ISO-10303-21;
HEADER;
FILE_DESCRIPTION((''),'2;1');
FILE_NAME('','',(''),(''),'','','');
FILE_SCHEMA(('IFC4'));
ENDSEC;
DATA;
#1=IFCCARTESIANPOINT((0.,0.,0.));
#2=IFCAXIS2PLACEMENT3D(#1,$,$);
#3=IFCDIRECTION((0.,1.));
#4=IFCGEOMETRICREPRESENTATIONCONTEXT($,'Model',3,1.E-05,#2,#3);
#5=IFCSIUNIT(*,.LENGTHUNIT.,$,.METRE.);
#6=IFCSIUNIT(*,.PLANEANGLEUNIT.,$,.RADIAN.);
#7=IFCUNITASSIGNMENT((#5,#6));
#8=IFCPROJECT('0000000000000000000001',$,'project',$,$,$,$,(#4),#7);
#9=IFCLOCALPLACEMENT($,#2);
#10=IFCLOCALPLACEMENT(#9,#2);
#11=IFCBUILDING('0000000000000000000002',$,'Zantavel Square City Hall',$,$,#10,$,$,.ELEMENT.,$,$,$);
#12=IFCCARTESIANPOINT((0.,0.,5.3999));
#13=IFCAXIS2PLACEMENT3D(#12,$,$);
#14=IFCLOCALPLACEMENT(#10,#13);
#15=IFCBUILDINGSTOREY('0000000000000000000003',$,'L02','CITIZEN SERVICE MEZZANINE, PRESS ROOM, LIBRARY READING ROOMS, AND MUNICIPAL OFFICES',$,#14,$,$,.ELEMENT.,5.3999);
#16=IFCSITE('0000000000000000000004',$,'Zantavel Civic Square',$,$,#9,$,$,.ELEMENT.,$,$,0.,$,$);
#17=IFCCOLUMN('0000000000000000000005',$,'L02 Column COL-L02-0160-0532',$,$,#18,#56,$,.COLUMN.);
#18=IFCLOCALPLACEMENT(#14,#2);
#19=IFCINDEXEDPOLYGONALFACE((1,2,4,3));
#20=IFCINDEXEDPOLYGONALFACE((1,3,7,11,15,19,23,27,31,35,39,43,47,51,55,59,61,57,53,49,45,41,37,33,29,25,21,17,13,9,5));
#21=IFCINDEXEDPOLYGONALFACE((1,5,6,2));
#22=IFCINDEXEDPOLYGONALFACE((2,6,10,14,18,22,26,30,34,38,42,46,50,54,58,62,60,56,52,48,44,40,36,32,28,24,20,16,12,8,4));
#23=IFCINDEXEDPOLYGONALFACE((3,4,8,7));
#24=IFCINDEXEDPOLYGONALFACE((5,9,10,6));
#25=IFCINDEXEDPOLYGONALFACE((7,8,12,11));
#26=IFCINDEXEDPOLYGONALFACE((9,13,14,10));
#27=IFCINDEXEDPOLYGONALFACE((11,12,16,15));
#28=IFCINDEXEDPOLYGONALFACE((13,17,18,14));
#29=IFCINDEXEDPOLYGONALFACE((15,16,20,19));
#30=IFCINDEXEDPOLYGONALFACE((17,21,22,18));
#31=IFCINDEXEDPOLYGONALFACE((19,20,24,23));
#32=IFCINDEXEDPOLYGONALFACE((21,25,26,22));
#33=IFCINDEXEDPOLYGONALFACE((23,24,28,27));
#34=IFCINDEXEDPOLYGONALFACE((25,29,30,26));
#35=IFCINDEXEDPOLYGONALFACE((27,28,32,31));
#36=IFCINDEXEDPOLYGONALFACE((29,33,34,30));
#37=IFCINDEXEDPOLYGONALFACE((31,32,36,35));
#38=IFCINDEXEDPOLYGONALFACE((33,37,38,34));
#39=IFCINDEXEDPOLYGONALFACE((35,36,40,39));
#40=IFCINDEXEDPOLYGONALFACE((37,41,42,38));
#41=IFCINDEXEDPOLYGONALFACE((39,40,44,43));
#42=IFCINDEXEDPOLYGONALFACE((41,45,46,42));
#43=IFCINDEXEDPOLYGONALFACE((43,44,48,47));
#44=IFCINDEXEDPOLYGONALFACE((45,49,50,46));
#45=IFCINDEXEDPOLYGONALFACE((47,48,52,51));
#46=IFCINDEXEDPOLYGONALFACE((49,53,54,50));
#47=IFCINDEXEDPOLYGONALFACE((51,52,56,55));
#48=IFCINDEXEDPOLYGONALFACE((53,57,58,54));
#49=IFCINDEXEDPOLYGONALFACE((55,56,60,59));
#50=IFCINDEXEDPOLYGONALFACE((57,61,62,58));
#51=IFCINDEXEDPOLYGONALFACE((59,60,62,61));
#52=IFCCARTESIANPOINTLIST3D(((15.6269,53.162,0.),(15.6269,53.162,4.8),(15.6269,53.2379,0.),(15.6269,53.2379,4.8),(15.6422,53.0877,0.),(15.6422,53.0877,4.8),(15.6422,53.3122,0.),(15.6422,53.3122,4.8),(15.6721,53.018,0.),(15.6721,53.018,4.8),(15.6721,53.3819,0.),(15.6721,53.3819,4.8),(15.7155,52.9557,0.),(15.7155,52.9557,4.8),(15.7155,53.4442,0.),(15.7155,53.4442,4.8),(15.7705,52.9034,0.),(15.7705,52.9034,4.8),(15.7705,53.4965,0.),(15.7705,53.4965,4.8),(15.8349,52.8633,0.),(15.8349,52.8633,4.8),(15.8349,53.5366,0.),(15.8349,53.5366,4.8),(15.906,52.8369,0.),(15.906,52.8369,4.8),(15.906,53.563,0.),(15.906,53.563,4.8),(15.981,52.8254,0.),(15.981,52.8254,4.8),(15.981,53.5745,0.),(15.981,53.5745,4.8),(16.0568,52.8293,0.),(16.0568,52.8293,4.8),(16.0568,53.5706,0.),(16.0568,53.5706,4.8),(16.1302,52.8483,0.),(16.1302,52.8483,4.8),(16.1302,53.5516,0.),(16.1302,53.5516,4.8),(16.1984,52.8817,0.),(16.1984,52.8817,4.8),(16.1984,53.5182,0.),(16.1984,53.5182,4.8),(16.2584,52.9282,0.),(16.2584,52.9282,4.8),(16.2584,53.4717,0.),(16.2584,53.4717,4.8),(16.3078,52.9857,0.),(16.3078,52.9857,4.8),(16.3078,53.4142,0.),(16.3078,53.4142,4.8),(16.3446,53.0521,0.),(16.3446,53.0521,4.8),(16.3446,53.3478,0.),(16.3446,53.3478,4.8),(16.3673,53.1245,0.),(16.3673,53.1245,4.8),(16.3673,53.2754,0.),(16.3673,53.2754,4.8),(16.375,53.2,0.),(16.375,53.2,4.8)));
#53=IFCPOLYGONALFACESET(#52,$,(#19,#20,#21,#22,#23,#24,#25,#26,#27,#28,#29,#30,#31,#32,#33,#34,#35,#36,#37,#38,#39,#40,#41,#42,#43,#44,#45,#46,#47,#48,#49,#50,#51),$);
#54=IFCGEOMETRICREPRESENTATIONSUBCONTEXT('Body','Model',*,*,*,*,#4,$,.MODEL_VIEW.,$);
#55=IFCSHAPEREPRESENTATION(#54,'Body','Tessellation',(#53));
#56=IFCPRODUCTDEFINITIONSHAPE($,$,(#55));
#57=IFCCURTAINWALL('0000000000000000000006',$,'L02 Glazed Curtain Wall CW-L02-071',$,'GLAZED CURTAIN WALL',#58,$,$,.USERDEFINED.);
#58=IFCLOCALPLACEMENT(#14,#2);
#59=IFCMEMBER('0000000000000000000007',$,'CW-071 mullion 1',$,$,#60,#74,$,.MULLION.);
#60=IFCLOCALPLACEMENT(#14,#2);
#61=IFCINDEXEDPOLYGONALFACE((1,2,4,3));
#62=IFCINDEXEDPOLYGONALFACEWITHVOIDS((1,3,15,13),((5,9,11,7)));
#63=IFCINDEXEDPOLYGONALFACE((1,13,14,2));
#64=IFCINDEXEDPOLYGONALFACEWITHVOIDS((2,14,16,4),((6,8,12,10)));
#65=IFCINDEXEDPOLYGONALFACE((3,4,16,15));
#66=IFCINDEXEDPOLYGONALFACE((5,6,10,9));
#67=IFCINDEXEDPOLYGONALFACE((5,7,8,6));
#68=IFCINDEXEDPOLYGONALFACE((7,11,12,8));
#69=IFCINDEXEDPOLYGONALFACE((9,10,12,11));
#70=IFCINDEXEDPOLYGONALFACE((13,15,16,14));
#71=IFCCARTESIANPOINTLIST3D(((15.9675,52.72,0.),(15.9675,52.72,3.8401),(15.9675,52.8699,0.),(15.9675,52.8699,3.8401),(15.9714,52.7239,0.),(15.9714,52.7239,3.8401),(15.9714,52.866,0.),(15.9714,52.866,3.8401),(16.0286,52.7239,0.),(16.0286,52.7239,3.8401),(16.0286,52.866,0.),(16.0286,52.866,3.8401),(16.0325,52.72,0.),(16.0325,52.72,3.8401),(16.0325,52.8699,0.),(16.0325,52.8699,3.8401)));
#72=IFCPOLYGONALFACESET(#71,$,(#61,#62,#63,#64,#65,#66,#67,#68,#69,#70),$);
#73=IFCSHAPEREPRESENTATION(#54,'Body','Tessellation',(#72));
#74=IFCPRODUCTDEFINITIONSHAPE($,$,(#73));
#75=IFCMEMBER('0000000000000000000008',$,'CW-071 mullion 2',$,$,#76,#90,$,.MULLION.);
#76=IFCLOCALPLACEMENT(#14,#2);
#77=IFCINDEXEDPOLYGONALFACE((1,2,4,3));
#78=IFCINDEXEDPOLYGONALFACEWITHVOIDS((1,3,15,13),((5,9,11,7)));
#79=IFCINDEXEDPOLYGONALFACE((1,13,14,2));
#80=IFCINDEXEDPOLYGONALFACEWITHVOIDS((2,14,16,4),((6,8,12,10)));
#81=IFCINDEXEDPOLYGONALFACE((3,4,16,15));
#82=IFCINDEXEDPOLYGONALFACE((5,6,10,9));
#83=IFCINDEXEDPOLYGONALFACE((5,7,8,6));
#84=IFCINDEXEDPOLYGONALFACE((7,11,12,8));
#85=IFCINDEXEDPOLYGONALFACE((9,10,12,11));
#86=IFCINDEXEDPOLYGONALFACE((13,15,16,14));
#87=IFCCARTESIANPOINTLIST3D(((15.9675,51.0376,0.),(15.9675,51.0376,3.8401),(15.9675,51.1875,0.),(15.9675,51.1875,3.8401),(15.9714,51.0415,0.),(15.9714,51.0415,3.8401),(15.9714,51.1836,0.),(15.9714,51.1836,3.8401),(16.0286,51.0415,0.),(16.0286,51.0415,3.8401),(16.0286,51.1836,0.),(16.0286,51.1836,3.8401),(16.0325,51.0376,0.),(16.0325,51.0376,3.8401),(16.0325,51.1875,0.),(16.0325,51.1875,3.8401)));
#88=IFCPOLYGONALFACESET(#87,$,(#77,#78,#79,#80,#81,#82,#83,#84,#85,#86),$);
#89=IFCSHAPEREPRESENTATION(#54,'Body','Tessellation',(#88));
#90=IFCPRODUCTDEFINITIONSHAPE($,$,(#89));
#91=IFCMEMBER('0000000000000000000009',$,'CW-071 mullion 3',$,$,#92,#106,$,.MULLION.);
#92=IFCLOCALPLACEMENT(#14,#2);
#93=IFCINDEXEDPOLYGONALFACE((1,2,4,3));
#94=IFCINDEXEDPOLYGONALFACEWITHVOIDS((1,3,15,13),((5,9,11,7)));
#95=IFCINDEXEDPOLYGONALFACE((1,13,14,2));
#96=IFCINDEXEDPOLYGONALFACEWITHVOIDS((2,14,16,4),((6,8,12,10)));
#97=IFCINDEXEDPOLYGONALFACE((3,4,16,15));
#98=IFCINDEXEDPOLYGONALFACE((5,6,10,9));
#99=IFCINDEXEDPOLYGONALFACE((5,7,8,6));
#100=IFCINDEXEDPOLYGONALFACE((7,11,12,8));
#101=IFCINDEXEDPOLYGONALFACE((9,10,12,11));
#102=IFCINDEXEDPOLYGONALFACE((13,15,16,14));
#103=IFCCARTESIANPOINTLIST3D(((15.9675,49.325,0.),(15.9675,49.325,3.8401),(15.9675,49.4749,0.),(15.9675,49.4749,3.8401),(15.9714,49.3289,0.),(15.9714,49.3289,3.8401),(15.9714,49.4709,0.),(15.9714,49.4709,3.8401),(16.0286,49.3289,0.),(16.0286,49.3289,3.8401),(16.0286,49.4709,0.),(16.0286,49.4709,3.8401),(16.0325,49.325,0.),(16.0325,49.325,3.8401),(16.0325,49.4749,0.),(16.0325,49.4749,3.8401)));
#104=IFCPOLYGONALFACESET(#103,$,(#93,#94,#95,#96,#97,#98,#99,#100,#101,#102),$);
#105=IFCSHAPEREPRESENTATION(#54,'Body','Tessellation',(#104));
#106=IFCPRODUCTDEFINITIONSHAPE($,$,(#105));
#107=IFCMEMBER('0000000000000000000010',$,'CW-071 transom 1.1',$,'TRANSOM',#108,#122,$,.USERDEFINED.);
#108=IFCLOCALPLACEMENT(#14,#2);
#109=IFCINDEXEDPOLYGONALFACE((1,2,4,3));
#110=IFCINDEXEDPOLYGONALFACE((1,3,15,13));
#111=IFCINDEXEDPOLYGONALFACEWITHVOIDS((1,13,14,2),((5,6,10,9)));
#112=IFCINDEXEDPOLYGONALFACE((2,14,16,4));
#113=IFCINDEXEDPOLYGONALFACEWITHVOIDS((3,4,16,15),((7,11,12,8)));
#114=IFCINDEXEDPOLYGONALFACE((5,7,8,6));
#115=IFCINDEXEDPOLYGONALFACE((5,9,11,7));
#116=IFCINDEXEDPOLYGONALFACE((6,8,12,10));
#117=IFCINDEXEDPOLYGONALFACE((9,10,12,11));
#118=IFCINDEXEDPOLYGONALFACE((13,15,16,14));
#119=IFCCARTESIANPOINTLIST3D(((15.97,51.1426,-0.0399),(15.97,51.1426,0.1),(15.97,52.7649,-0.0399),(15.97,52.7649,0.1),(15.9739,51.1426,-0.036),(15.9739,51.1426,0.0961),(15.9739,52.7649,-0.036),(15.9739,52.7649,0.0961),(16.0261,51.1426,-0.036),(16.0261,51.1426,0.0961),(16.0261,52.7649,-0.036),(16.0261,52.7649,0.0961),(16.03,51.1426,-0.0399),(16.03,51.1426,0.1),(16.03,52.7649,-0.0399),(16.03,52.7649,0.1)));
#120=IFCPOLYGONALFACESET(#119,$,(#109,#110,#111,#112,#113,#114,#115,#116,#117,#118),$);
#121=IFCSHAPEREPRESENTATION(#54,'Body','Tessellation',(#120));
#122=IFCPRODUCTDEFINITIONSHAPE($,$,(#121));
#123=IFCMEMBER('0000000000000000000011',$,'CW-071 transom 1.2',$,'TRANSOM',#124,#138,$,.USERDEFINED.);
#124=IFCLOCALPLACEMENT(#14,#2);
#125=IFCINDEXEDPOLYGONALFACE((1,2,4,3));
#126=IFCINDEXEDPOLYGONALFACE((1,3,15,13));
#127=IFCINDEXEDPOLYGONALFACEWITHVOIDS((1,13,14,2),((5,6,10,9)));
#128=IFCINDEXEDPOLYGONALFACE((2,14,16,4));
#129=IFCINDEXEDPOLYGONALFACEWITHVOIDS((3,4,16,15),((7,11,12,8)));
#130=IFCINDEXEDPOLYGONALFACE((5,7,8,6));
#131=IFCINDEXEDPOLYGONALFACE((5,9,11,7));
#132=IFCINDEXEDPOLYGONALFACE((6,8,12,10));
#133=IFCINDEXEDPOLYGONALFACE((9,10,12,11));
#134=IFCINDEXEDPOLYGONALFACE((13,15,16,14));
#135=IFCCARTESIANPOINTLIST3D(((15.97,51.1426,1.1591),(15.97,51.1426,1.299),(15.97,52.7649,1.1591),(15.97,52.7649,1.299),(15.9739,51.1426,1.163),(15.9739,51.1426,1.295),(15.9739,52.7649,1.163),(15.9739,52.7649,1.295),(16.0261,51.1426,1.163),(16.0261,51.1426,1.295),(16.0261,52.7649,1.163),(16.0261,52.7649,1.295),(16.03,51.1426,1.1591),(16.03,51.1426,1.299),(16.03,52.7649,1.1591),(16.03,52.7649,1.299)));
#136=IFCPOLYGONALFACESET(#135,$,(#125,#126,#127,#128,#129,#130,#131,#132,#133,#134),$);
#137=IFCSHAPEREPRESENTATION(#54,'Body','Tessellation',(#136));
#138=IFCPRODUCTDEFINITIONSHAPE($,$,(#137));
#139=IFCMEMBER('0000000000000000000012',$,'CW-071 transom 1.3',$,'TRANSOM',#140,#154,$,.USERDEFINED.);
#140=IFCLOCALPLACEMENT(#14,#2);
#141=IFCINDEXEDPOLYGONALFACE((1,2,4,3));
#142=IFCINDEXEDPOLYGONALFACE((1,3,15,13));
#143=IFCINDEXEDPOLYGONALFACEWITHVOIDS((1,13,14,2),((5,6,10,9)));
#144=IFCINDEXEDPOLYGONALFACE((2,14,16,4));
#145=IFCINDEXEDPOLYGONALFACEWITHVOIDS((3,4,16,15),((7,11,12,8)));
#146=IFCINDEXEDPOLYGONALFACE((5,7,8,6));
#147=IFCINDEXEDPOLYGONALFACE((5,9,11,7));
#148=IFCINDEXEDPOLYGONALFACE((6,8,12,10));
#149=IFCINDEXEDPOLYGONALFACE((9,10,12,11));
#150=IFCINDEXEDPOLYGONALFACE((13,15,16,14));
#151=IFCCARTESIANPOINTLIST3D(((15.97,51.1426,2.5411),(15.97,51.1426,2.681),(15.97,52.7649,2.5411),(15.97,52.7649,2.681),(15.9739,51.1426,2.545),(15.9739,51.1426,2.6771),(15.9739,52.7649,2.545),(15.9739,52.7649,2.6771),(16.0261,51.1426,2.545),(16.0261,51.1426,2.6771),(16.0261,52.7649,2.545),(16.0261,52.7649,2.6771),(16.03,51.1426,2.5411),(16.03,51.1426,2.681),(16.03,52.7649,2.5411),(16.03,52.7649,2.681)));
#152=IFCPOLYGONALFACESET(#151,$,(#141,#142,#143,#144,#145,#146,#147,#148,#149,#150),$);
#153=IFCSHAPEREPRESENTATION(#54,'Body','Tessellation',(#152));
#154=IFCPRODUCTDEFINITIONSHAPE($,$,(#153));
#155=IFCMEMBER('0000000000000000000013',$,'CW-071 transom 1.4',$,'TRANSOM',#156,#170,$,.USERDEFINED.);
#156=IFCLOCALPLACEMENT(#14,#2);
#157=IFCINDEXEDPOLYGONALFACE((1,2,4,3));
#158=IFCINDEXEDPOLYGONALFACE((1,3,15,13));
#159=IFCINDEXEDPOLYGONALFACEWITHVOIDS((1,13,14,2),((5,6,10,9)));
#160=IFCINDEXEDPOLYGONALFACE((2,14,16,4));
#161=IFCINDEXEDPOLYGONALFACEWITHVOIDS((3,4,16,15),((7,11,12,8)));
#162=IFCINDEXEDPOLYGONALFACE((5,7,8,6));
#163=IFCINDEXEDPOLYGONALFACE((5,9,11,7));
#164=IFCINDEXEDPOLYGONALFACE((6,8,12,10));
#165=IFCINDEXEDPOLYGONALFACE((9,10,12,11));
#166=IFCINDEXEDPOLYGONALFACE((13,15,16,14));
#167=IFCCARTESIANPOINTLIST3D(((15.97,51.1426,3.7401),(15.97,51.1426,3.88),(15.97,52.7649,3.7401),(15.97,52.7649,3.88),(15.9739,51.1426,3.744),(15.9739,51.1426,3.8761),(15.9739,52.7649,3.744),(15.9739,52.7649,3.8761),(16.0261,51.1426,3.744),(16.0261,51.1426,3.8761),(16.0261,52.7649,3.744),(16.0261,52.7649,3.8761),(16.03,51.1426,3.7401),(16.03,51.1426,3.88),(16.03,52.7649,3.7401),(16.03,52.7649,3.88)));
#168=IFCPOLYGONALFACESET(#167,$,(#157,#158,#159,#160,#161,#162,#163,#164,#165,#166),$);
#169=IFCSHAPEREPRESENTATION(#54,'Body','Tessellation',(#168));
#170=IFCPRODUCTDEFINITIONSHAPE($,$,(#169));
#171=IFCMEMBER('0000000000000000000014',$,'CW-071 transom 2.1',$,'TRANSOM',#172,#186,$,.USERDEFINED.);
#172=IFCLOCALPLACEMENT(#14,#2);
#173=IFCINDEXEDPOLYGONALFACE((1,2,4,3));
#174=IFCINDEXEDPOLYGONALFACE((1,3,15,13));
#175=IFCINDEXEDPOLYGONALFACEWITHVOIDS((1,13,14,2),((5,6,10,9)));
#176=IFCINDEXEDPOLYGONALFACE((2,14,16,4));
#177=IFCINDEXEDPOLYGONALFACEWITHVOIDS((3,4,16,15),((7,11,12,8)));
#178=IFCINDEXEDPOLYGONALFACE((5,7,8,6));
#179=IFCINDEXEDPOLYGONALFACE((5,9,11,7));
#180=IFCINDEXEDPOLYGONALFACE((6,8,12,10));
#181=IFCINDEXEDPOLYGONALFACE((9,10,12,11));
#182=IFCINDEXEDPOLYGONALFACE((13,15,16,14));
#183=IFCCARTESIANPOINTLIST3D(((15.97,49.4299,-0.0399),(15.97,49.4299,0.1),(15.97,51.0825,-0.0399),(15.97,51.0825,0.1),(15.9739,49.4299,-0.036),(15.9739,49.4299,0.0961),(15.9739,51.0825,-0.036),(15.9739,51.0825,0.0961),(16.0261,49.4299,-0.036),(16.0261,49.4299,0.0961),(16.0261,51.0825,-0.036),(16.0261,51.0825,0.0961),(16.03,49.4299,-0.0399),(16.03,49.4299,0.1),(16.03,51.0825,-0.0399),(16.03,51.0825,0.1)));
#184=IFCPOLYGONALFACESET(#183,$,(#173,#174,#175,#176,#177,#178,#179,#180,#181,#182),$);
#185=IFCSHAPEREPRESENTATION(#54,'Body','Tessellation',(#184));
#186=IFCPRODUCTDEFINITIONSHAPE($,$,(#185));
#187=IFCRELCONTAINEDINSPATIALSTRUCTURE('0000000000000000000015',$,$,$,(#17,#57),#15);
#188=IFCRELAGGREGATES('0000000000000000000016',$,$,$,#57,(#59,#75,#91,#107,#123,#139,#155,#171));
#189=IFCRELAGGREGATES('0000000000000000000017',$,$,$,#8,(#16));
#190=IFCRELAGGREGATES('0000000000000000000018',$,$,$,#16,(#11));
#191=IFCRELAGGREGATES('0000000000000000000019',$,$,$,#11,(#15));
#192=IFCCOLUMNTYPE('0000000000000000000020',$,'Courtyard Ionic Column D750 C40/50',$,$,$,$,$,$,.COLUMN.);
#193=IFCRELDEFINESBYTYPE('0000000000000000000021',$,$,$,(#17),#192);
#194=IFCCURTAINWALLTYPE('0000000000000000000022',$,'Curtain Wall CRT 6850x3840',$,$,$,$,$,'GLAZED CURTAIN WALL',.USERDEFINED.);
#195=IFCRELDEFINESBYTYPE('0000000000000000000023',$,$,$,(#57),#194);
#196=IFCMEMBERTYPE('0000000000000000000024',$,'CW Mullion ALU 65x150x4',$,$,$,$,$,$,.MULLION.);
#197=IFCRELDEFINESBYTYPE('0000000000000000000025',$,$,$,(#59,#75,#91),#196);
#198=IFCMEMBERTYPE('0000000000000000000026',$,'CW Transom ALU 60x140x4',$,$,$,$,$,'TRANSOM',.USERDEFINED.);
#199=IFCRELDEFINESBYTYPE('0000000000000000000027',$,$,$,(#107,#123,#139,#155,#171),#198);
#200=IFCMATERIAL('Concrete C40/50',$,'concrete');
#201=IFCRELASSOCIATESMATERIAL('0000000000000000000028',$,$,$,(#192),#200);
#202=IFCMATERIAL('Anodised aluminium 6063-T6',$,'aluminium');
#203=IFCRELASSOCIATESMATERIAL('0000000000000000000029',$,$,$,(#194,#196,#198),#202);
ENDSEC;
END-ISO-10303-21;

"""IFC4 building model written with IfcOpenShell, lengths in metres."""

from ifc_helpers import new_model, si_unit, direction, frame, origin, origin_2d, place, context, subcontext, project, spatial, hollow_rectangle, circle, extrude, material, material_profile, profile_set, type_object, element, aggregate, save


model = new_model("IFC4")

# Units and contexts
model_context = context("Model", 3, precision=1e-05, world=origin(), true_north=direction((0.0, 1.0)))
body_context = subcontext(model_context, "Body", "Model", "MODEL_VIEW")
ifc_project = project(units=[si_unit("LENGTHUNIT", "METRE"), si_unit("PLANEANGLEUNIT", "RADIAN")], contexts=[model_context])

# Site, building, storey
site_placement = place(None, origin())
site = spatial("IfcSite", under=ifc_project, at=site_placement, Name="Zantavel Civic Square", CompositionType="ELEMENT", RefElevation=0.0)
building_placement = place(site_placement, origin())
building = spatial("IfcBuilding", under=site, at=building_placement, Name="Zantavel Square City Hall", CompositionType="ELEMENT")
storey_placement = place(building_placement, frame((0.0, 0.0, 5.3999)))
storey = spatial("IfcBuildingStorey", under=building, at=storey_placement, Name="L02", Description="CITIZEN SERVICE MEZZANINE, PRESS ROOM, LIBRARY READING ROOMS, AND MUNICIPAL OFFICES", CompositionType="ELEMENT", Elevation=5.3999)

# Column
ifc_material_1 = material(Name="Concrete C40/50", Category="concrete")
ifc_material_profile_1 = material_profile(ifc_material_1, circle(Radius=0.375, at=origin_2d()), Name="ROUND D750")
ifc_profile_set_1 = profile_set([ifc_material_profile_1], Name="Concrete C40/50")
column_type = type_object("IfcColumnType", Name="Courtyard Ionic Column D750 C40/50", PredefinedType="COLUMN", material=ifc_profile_set_1)
column_placement = place(storey_placement, frame((16.0, 53.2, 0.0), z_axis=(0.0, 0.0, 1.0), x_axis=(1.0, 0.0, 0.0)))
element("IfcColumn", 1, at=column_placement, inside=storey, type_object=column_type, Name="L02 Column COL-L02-0160-0532", PredefinedType="COLUMN", context=body_context, shape_type="SweptSolid", body=[
    extrude(circle(Radius=0.375, at=origin_2d()), origin(), (0.0, 0.0, 1.0), 4.8),
])

# Curtain wall, members
ifc_material_2 = material(Name="Anodised aluminium 6063-T6", Category="aluminium")
curtain_wall_type = type_object("IfcCurtainWallType", Name="Curtain Wall CRT 6850x3840", ElementType="GLAZED CURTAIN WALL", PredefinedType="USERDEFINED", material=ifc_material_2)
curtain_wall_placement = place(storey_placement, origin())
curtain_wall = element("IfcCurtainWall", 2, at=curtain_wall_placement, inside=storey, type_object=curtain_wall_type, Name="L02 Glazed Curtain Wall CW-L02-071", ObjectType="GLAZED CURTAIN WALL", PredefinedType="USERDEFINED")
ifc_material_profile_2 = material_profile(ifc_material_2, hollow_rectangle(XDim=0.0649, YDim=0.1499, WallThickness=0.0039, at=origin_2d()), Name="ALU 65x150x4")
ifc_profile_set_2 = profile_set([ifc_material_profile_2], Name="Anodised aluminium 6063-T6")
member_type_1 = type_object("IfcMemberType", Name="CW Mullion ALU 65x150x4", PredefinedType="MULLION", material=ifc_profile_set_2)
member_1_placement = place(storey_placement, frame((16.0, 52.7949, 0.0), z_axis=(0.0, 0.0, 1.0), x_axis=(1.0, 0.0, 0.0)))
member_1 = element("IfcMember", 3, at=member_1_placement, type_object=member_type_1, Name="CW-071 mullion 1", PredefinedType="MULLION", context=body_context, shape_type="SweptSolid", body=[
    extrude(hollow_rectangle(XDim=0.0649, YDim=0.1499, WallThickness=0.0039, at=origin_2d()), origin(), (0.0, 0.0, 1.0), 3.8401),
])
member_2_placement = place(storey_placement, frame((16.0, 51.1125, 0.0), z_axis=(0.0, 0.0, 1.0), x_axis=(1.0, 0.0, 0.0)))
member_2 = element("IfcMember", 4, at=member_2_placement, type_object=member_type_1, Name="CW-071 mullion 2", PredefinedType="MULLION", context=body_context, shape_type="SweptSolid", body=[
    extrude(hollow_rectangle(XDim=0.0649, YDim=0.1499, WallThickness=0.0039, at=origin_2d()), origin(), (0.0, 0.0, 1.0), 3.8401),
])
member_3_placement = place(storey_placement, frame((16.0, 49.3999, 0.0), z_axis=(0.0, 0.0, 1.0), x_axis=(1.0, 0.0, 0.0)))
member_3 = element("IfcMember", 5, at=member_3_placement, type_object=member_type_1, Name="CW-071 mullion 3", PredefinedType="MULLION", context=body_context, shape_type="SweptSolid", body=[
    extrude(hollow_rectangle(XDim=0.0649, YDim=0.1499, WallThickness=0.0039, at=origin_2d()), origin(), (0.0, 0.0, 1.0), 3.8401),
])
ifc_material_profile_3 = material_profile(ifc_material_2, hollow_rectangle(XDim=0.0601, YDim=0.1399, WallThickness=0.0039, at=origin_2d()), Name="ALU 60x140x4")
ifc_profile_set_3 = profile_set([ifc_material_profile_3], Name="Anodised aluminium 6063-T6")
member_type_2 = type_object("IfcMemberType", Name="CW Transom ALU 60x140x4", ElementType="TRANSOM", PredefinedType="USERDEFINED", material=ifc_profile_set_3)
member_4_placement = place(storey_placement, frame((16.0, 52.7649, 0.03), z_axis=(0.0, -1.0, 0.0), x_axis=(1.0, 0.0, 0.0)))
member_4 = element("IfcMember", 6, at=member_4_placement, type_object=member_type_2, Name="CW-071 transom 1.1", ObjectType="TRANSOM", PredefinedType="USERDEFINED", context=body_context, shape_type="SweptSolid", body=[
    extrude(hollow_rectangle(XDim=0.0601, YDim=0.1399, WallThickness=0.0039, at=origin_2d()), origin(), (0.0, 0.0, 1.0), 1.6223),
])
member_5_placement = place(storey_placement, frame((16.0, 52.7649, 1.229), z_axis=(0.0, -1.0, 0.0), x_axis=(1.0, 0.0, 0.0)))
member_5 = element("IfcMember", 7, at=member_5_placement, type_object=member_type_2, Name="CW-071 transom 1.2", ObjectType="TRANSOM", PredefinedType="USERDEFINED", context=body_context, shape_type="SweptSolid", body=[
    extrude(hollow_rectangle(XDim=0.0601, YDim=0.1399, WallThickness=0.0039, at=origin_2d()), origin(), (0.0, 0.0, 1.0), 1.6223),
])
member_6_placement = place(storey_placement, frame((16.0, 52.7649, 2.6111), z_axis=(0.0, -1.0, 0.0), x_axis=(1.0, 0.0, 0.0)))
member_6 = element("IfcMember", 8, at=member_6_placement, type_object=member_type_2, Name="CW-071 transom 1.3", ObjectType="TRANSOM", PredefinedType="USERDEFINED", context=body_context, shape_type="SweptSolid", body=[
    extrude(hollow_rectangle(XDim=0.0601, YDim=0.1399, WallThickness=0.0039, at=origin_2d()), origin(), (0.0, 0.0, 1.0), 1.6223),
])
member_7_placement = place(storey_placement, frame((16.0, 52.7649, 3.8101), z_axis=(0.0, -1.0, 0.0), x_axis=(1.0, 0.0, 0.0)))
member_7 = element("IfcMember", 9, at=member_7_placement, type_object=member_type_2, Name="CW-071 transom 1.4", ObjectType="TRANSOM", PredefinedType="USERDEFINED", context=body_context, shape_type="SweptSolid", body=[
    extrude(hollow_rectangle(XDim=0.0601, YDim=0.1399, WallThickness=0.0039, at=origin_2d()), origin(), (0.0, 0.0, 1.0), 1.6223),
])
member_8_placement = place(storey_placement, frame((16.0, 51.0825, 0.03), z_axis=(0.0, -1.0, 0.0), x_axis=(1.0, 0.0, 0.0)))
member_8 = element("IfcMember", 10, at=member_8_placement, type_object=member_type_2, Name="CW-071 transom 2.1", ObjectType="TRANSOM", PredefinedType="USERDEFINED", context=body_context, shape_type="SweptSolid", body=[
    extrude(hollow_rectangle(XDim=0.0601, YDim=0.1399, WallThickness=0.0039, at=origin_2d()), origin(), (0.0, 0.0, 1.0), 1.6526),
])
aggregate(curtain_wall, [member_1, member_2, member_3, member_4, member_5, member_6, member_7, member_8])

save(model, "model.ifc")
